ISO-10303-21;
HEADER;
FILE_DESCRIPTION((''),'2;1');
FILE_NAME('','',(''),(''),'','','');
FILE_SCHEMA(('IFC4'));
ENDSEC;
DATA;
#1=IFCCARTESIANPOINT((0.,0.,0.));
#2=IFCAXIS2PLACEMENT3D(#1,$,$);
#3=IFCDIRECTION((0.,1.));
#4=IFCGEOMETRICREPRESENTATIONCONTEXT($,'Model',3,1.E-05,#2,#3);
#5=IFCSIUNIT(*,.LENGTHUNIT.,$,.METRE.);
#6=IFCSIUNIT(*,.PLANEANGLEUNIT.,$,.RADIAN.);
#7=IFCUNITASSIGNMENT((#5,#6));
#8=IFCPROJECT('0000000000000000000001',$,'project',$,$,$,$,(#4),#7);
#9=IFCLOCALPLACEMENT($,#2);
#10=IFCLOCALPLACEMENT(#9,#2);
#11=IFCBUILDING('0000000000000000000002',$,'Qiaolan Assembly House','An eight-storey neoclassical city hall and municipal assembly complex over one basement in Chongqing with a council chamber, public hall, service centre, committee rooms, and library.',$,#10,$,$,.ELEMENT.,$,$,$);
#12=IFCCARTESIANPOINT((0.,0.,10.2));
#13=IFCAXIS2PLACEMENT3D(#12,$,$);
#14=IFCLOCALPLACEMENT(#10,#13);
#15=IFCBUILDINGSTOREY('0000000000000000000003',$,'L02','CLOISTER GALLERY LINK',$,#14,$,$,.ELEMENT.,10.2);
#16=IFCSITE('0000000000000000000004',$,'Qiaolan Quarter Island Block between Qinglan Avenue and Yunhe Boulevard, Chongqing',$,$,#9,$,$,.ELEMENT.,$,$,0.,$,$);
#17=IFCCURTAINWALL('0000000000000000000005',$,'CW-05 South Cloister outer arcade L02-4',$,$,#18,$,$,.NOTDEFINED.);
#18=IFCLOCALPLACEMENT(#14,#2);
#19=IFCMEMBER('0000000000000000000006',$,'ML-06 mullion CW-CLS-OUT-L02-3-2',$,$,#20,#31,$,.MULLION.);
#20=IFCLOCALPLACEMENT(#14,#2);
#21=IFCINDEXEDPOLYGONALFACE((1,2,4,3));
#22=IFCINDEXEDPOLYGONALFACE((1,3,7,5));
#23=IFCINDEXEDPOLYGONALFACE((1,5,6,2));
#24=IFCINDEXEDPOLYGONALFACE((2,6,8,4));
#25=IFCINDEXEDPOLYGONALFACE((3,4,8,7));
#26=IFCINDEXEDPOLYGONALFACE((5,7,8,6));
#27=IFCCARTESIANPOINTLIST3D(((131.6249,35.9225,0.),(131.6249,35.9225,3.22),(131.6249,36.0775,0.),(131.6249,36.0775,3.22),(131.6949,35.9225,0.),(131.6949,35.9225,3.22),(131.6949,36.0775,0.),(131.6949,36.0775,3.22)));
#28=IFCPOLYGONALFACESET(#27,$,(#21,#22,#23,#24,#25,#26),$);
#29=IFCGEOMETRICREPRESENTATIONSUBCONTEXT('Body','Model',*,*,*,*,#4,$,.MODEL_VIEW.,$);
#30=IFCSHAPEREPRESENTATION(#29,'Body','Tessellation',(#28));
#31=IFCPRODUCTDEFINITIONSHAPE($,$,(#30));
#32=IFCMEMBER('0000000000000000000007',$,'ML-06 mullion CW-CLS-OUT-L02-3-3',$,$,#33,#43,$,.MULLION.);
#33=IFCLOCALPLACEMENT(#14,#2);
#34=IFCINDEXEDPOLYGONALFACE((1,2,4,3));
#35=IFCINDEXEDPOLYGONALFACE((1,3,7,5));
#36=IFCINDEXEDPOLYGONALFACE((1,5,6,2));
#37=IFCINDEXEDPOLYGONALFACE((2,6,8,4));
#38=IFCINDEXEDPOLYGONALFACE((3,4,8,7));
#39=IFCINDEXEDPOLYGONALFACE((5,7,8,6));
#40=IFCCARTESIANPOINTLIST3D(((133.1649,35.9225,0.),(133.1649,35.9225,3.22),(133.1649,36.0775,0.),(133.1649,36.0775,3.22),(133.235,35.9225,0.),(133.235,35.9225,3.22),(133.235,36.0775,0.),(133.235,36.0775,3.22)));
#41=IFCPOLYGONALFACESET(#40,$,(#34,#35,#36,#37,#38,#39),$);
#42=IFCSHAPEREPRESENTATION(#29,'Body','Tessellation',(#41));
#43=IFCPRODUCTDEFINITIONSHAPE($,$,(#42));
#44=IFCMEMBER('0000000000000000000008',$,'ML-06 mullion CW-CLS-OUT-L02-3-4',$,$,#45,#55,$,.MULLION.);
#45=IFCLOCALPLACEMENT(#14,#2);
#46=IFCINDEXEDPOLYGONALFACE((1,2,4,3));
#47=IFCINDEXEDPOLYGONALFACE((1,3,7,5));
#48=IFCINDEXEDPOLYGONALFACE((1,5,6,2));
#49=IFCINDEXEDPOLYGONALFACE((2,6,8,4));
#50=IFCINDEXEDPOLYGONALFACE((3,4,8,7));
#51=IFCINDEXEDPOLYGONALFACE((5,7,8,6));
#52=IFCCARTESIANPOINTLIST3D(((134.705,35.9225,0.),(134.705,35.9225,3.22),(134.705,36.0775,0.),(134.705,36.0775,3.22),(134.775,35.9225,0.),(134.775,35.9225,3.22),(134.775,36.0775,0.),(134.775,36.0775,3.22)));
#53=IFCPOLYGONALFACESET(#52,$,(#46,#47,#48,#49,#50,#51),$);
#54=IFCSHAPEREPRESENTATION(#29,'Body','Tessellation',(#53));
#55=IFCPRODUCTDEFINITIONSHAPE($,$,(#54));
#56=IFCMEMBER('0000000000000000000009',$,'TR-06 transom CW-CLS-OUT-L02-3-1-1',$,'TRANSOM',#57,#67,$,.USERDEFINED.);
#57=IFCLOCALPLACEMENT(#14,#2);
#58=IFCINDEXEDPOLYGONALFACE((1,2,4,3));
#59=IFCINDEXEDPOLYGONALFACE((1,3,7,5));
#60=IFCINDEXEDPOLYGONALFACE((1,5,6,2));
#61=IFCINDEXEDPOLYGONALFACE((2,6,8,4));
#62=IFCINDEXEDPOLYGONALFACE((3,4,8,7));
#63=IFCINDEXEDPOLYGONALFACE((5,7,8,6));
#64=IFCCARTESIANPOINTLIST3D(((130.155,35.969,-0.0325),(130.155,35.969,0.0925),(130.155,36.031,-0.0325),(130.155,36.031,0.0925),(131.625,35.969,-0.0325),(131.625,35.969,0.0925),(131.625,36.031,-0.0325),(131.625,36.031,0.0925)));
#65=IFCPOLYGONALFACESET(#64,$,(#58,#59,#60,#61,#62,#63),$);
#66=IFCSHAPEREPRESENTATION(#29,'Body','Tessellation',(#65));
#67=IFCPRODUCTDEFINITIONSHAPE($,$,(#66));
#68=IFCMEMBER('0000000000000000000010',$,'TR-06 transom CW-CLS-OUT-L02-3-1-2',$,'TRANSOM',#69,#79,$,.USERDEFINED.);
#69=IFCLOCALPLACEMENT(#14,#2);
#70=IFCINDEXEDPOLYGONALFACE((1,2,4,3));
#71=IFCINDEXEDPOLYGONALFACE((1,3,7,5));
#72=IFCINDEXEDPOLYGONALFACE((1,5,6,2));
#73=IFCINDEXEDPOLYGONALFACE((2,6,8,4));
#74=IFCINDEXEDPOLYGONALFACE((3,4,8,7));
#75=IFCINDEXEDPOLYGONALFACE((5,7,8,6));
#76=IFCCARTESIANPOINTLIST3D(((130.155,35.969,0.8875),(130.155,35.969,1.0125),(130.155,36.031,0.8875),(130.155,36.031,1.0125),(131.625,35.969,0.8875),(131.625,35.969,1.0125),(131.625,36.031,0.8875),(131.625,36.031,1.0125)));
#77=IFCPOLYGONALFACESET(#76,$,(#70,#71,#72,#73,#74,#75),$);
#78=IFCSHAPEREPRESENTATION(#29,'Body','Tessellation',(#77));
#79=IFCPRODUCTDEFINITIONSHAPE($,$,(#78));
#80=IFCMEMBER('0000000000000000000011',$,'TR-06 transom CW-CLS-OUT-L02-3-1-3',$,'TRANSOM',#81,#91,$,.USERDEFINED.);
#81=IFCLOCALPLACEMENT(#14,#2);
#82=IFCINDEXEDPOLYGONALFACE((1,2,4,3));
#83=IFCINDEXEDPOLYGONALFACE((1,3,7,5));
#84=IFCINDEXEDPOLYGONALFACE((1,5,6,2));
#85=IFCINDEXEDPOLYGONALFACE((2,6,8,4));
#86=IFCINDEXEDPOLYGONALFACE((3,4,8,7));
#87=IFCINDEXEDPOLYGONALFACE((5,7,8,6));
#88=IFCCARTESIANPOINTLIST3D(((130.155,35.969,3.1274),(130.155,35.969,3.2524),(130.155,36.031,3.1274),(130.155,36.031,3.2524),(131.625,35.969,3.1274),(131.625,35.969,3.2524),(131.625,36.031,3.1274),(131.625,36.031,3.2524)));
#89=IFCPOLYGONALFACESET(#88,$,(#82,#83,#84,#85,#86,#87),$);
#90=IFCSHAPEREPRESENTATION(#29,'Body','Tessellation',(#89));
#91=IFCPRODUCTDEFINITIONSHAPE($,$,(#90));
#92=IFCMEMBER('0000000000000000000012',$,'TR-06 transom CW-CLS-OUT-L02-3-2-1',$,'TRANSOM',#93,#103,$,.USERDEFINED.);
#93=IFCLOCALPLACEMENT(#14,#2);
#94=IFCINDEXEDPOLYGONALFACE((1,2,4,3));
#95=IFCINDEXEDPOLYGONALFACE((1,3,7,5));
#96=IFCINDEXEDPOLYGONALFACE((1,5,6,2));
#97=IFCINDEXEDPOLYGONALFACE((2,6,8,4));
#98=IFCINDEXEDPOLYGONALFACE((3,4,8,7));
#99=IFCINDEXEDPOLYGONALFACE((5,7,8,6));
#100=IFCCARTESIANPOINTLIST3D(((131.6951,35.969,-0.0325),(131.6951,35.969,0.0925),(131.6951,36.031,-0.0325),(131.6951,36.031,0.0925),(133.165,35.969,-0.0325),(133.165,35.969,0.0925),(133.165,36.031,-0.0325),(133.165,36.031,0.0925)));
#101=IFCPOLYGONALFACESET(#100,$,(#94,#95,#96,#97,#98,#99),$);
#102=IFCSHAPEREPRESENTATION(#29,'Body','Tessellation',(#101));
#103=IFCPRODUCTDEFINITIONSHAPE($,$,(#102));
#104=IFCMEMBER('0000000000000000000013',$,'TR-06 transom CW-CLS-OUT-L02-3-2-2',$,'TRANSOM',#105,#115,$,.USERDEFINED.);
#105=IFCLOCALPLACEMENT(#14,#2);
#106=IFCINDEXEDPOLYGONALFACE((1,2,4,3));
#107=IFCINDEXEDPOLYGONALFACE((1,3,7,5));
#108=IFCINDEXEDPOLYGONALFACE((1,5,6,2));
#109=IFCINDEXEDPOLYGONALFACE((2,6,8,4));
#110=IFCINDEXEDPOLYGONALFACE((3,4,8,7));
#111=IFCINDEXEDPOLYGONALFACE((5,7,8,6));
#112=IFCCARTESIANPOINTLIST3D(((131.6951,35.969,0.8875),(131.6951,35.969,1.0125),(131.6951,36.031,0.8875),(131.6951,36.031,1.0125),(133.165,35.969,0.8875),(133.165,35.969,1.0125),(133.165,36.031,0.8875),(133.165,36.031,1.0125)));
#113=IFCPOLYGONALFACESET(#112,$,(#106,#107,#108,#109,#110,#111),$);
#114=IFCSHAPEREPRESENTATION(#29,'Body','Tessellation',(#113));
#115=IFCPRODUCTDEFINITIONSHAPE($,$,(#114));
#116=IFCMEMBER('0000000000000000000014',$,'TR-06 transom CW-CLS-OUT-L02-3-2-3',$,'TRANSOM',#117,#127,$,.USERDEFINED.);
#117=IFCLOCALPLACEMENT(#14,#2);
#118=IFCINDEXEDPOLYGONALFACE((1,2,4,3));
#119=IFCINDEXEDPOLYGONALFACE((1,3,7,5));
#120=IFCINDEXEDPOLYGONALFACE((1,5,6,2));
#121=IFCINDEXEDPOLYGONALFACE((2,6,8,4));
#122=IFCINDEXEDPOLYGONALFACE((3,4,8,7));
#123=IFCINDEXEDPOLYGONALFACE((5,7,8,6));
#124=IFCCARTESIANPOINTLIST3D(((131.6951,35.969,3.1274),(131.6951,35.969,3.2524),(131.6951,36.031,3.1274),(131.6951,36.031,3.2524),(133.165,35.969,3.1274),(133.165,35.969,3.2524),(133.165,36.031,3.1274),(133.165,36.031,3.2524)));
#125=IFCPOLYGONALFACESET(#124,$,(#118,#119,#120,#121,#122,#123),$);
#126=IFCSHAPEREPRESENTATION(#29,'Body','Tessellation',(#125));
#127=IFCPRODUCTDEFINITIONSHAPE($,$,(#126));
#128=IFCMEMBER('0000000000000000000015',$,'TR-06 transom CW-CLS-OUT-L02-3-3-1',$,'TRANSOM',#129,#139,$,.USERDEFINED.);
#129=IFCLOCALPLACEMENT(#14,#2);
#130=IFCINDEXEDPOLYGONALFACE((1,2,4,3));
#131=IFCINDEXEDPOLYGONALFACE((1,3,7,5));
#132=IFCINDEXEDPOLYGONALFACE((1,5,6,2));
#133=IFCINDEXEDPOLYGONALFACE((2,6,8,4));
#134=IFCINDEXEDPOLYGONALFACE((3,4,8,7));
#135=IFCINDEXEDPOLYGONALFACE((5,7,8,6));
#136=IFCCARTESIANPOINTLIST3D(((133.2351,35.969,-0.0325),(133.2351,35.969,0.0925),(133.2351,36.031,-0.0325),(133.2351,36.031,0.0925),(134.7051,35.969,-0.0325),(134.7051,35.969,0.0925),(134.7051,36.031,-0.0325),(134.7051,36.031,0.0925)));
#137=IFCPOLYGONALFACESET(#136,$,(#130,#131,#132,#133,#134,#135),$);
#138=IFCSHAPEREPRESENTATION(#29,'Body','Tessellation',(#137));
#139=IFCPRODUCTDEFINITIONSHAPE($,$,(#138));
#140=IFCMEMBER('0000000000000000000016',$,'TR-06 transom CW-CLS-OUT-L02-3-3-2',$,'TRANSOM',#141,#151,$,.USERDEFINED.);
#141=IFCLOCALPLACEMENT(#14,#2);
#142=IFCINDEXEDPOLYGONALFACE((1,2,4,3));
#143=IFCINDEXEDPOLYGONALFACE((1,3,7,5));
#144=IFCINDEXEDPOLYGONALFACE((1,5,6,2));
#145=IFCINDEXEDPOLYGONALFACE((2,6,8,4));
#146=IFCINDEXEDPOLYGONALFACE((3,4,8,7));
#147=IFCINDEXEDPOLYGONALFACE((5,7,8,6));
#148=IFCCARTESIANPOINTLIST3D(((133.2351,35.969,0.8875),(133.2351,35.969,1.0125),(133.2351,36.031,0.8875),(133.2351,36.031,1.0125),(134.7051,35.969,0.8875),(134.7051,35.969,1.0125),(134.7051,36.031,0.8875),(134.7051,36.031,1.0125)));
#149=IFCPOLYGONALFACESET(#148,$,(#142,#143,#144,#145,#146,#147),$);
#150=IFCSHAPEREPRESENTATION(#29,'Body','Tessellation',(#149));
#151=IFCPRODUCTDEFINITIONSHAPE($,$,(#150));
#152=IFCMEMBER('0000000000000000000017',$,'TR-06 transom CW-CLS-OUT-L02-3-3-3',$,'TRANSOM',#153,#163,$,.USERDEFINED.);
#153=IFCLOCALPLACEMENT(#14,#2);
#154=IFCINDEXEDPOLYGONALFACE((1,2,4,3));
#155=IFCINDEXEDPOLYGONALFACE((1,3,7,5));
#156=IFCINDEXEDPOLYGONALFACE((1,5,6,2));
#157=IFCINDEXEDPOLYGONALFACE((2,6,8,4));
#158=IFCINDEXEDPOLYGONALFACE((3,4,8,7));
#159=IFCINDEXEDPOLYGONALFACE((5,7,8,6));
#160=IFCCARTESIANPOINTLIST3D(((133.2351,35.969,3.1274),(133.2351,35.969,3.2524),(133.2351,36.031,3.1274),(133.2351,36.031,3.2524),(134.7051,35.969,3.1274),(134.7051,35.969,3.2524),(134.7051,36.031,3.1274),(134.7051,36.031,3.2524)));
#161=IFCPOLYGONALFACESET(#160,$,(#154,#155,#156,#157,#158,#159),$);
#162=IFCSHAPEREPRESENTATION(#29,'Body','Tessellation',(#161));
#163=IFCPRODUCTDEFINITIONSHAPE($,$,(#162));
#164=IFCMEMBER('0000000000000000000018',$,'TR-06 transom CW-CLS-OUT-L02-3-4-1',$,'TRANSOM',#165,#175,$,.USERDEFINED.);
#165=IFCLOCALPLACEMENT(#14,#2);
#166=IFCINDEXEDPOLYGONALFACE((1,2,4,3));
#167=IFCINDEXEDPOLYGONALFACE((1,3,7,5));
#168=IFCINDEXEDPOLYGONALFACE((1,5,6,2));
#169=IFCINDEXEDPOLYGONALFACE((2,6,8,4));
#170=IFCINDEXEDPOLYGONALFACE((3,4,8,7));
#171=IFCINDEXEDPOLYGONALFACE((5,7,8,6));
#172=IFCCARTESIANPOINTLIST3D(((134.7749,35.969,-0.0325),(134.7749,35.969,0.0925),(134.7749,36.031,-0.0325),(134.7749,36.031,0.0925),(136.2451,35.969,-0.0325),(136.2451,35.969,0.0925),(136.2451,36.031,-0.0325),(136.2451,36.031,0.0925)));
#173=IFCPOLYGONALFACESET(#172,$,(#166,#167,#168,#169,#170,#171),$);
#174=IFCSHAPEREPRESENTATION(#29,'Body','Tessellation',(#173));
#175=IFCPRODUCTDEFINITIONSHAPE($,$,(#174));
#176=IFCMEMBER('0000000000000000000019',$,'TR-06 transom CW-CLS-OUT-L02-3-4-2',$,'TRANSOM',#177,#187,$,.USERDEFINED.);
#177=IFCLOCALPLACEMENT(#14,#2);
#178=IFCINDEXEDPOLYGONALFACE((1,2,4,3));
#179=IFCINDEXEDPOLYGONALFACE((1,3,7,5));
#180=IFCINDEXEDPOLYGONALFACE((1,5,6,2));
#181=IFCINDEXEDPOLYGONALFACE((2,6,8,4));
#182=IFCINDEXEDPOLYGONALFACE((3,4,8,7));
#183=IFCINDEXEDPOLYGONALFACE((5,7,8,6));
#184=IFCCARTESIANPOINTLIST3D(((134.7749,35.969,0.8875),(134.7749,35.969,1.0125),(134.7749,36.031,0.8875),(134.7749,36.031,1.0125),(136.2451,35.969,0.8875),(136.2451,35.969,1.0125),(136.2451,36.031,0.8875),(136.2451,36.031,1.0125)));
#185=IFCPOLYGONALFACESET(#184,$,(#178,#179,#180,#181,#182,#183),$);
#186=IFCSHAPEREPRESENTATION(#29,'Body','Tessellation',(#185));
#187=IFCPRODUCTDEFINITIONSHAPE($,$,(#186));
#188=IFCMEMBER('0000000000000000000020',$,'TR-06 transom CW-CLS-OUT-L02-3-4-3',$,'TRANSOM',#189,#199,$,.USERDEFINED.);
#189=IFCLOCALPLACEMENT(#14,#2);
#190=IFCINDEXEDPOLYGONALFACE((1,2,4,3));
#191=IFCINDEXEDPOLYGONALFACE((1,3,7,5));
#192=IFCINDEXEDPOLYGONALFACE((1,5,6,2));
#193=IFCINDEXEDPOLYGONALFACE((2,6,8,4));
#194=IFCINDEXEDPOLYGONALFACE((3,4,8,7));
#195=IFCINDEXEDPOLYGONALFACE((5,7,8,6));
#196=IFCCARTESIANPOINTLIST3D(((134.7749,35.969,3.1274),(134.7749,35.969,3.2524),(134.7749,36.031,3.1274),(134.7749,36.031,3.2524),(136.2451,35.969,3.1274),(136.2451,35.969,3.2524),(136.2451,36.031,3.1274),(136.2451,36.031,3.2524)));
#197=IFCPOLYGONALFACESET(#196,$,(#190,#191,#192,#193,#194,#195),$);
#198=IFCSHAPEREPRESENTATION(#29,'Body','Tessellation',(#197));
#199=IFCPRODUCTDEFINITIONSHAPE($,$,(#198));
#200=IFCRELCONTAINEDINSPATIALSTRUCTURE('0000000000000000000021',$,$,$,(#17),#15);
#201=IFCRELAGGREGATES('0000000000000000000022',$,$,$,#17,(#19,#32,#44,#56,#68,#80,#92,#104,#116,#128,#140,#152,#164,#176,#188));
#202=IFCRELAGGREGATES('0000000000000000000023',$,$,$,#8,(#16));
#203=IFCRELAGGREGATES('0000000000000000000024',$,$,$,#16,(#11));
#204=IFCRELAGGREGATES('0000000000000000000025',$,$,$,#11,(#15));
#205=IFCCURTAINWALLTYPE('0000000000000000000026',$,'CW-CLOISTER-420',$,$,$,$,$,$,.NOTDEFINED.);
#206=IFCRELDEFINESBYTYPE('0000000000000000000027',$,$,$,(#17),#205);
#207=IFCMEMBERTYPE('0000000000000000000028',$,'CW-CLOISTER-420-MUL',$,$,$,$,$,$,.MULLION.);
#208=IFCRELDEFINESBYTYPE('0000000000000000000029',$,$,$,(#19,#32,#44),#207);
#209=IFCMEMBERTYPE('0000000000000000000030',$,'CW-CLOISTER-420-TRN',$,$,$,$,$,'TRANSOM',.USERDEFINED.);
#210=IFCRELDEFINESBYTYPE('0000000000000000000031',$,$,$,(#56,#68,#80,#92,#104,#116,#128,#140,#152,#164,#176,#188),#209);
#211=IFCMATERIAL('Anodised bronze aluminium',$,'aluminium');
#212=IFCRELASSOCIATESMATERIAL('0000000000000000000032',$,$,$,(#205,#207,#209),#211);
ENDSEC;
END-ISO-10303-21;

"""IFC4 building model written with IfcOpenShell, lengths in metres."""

from ifc_helpers import new_model, si_unit, direction, frame, origin, origin_2d, place, context, subcontext, project, spatial, rectangle, extrude, material, material_profile, profile_set, type_object, element, aggregate, save


model = new_model("IFC4")

# Units and contexts
model_context = context("Model", 3, precision=1e-05, world=origin(), true_north=direction((0.0, 1.0)))
body_context = subcontext(model_context, "Body", "Model", "MODEL_VIEW")
ifc_project = project(units=[si_unit("LENGTHUNIT", "METRE"), si_unit("PLANEANGLEUNIT", "RADIAN")], contexts=[model_context])

# Site, building, storey
site_placement = place(None, origin())
site = spatial("IfcSite", under=ifc_project, at=site_placement, Name="Qiaolan Quarter Island Block between Qinglan Avenue and Yunhe Boulevard, Chongqing", CompositionType="ELEMENT", RefElevation=0.0)
building_placement = place(site_placement, origin())
building = spatial("IfcBuilding", under=site, at=building_placement, Name="Qiaolan Assembly House", Description="An eight-storey neoclassical city hall and municipal assembly complex over one basement in Chongqing with a council chamber, public hall, service centre, committee rooms, and library.", CompositionType="ELEMENT")
storey_placement = place(building_placement, frame((0.0, 0.0, 10.2)))
storey = spatial("IfcBuildingStorey", under=building, at=storey_placement, Name="L02", Description="CLOISTER GALLERY LINK", CompositionType="ELEMENT", Elevation=10.2)

# Curtain wall, members
ifc_material_1 = material(Name="Anodised bronze aluminium", Category="aluminium")
curtain_wall_type = type_object("IfcCurtainWallType", Name="CW-CLOISTER-420", PredefinedType="NOTDEFINED", material=ifc_material_1)
curtain_wall_placement = place(storey_placement, origin())
curtain_wall = element("IfcCurtainWall", 1, at=curtain_wall_placement, inside=storey, type_object=curtain_wall_type, Name="CW-05 South Cloister outer arcade L02-4", PredefinedType="NOTDEFINED")
ifc_material_profile_1 = material_profile(ifc_material_1, rectangle(XDim=0.0701, YDim=0.155, at=origin_2d()), Name="MUL 70x155")
ifc_profile_set_1 = profile_set([ifc_material_profile_1], Name="Anodised bronze aluminium")
member_type_1 = type_object("IfcMemberType", Name="CW-CLOISTER-420-MUL", PredefinedType="MULLION", material=ifc_profile_set_1)
member_1_placement = place(storey_placement, frame((131.6599, 36.0, 0.0), z_axis=(0.0, 0.0, 1.0), x_axis=(1.0, 0.0, 0.0)))
member_1 = element("IfcMember", 2, at=member_1_placement, type_object=member_type_1, Name="ML-06 mullion CW-CLS-OUT-L02-3-2", PredefinedType="MULLION", context=body_context, shape_type="SweptSolid", body=[
    extrude(rectangle(XDim=0.0701, YDim=0.155, at=origin_2d()), origin(), (0.0, 0.0, 1.0), 3.22),
])
member_2_placement = place(storey_placement, frame((133.2, 36.0, 0.0), z_axis=(0.0, 0.0, 1.0), x_axis=(1.0, 0.0, 0.0)))
member_2 = element("IfcMember", 3, at=member_2_placement, type_object=member_type_1, Name="ML-06 mullion CW-CLS-OUT-L02-3-3", PredefinedType="MULLION", context=body_context, shape_type="SweptSolid", body=[
    extrude(rectangle(XDim=0.0701, YDim=0.155, at=origin_2d()), origin(), (0.0, 0.0, 1.0), 3.22),
])
member_3_placement = place(storey_placement, frame((134.74, 36.0, 0.0), z_axis=(0.0, 0.0, 1.0), x_axis=(1.0, 0.0, 0.0)))
member_3 = element("IfcMember", 4, at=member_3_placement, type_object=member_type_1, Name="ML-06 mullion CW-CLS-OUT-L02-3-4", PredefinedType="MULLION", context=body_context, shape_type="SweptSolid", body=[
    extrude(rectangle(XDim=0.0701, YDim=0.155, at=origin_2d()), origin(), (0.0, 0.0, 1.0), 3.22),
])
ifc_material_profile_2 = material_profile(ifc_material_1, rectangle(XDim=0.062, YDim=0.125, at=origin_2d()), Name="TRN 62x125")
ifc_profile_set_2 = profile_set([ifc_material_profile_2], Name="Anodised bronze aluminium")
member_type_2 = type_object("IfcMemberType", Name="CW-CLOISTER-420-TRN", ElementType="TRANSOM", PredefinedType="USERDEFINED", material=ifc_profile_set_2)
member_4_placement = place(storey_placement, frame((130.155, 36.0, 0.03), z_axis=(1.0, 0.0, 0.0), x_axis=(0.0, 1.0, 0.0)))
member_4 = element("IfcMember", 5, at=member_4_placement, type_object=member_type_2, Name="TR-06 transom CW-CLS-OUT-L02-3-1-1", ObjectType="TRANSOM", PredefinedType="USERDEFINED", context=body_context, shape_type="SweptSolid", body=[
    extrude(rectangle(XDim=0.062, YDim=0.125, at=origin_2d()), origin(), (0.0, 0.0, 1.0), 1.47),
])
member_5_placement = place(storey_placement, frame((130.155, 36.0, 0.95), z_axis=(1.0, 0.0, 0.0), x_axis=(0.0, 1.0, 0.0)))
member_5 = element("IfcMember", 6, at=member_5_placement, type_object=member_type_2, Name="TR-06 transom CW-CLS-OUT-L02-3-1-2", ObjectType="TRANSOM", PredefinedType="USERDEFINED", context=body_context, shape_type="SweptSolid", body=[
    extrude(rectangle(XDim=0.062, YDim=0.125, at=origin_2d()), origin(), (0.0, 0.0, 1.0), 1.47),
])
member_6_placement = place(storey_placement, frame((130.155, 36.0, 3.1899), z_axis=(1.0, 0.0, 0.0), x_axis=(0.0, 1.0, 0.0)))
member_6 = element("IfcMember", 7, at=member_6_placement, type_object=member_type_2, Name="TR-06 transom CW-CLS-OUT-L02-3-1-3", ObjectType="TRANSOM", PredefinedType="USERDEFINED", context=body_context, shape_type="SweptSolid", body=[
    extrude(rectangle(XDim=0.062, YDim=0.125, at=origin_2d()), origin(), (0.0, 0.0, 1.0), 1.47),
])
member_7_placement = place(storey_placement, frame((131.6951, 36.0, 0.03), z_axis=(1.0, 0.0, 0.0), x_axis=(0.0, 1.0, 0.0)))
member_7 = element("IfcMember", 8, at=member_7_placement, type_object=member_type_2, Name="TR-06 transom CW-CLS-OUT-L02-3-2-1", ObjectType="TRANSOM", PredefinedType="USERDEFINED", context=body_context, shape_type="SweptSolid", body=[
    extrude(rectangle(XDim=0.062, YDim=0.125, at=origin_2d()), origin(), (0.0, 0.0, 1.0), 1.47),
])
member_8_placement = place(storey_placement, frame((131.6951, 36.0, 0.95), z_axis=(1.0, 0.0, 0.0), x_axis=(0.0, 1.0, 0.0)))
member_8 = element("IfcMember", 9, at=member_8_placement, type_object=member_type_2, Name="TR-06 transom CW-CLS-OUT-L02-3-2-2", ObjectType="TRANSOM", PredefinedType="USERDEFINED", context=body_context, shape_type="SweptSolid", body=[
    extrude(rectangle(XDim=0.062, YDim=0.125, at=origin_2d()), origin(), (0.0, 0.0, 1.0), 1.47),
])
member_9_placement = place(storey_placement, frame((131.6951, 36.0, 3.1899), z_axis=(1.0, 0.0, 0.0), x_axis=(0.0, 1.0, 0.0)))
member_9 = element("IfcMember", 10, at=member_9_placement, type_object=member_type_2, Name="TR-06 transom CW-CLS-OUT-L02-3-2-3", ObjectType="TRANSOM", PredefinedType="USERDEFINED", context=body_context, shape_type="SweptSolid", body=[
    extrude(rectangle(XDim=0.062, YDim=0.125, at=origin_2d()), origin(), (0.0, 0.0, 1.0), 1.47),
])
member_10_placement = place(storey_placement, frame((133.2351, 36.0, 0.03), z_axis=(1.0, 0.0, 0.0), x_axis=(0.0, 1.0, 0.0)))
member_10 = element("IfcMember", 11, at=member_10_placement, type_object=member_type_2, Name="TR-06 transom CW-CLS-OUT-L02-3-3-1", ObjectType="TRANSOM", PredefinedType="USERDEFINED", context=body_context, shape_type="SweptSolid", body=[
    extrude(rectangle(XDim=0.062, YDim=0.125, at=origin_2d()), origin(), (0.0, 0.0, 1.0), 1.47),
])
member_11_placement = place(storey_placement, frame((133.2351, 36.0, 0.95), z_axis=(1.0, 0.0, 0.0), x_axis=(0.0, 1.0, 0.0)))
member_11 = element("IfcMember", 12, at=member_11_placement, type_object=member_type_2, Name="TR-06 transom CW-CLS-OUT-L02-3-3-2", ObjectType="TRANSOM", PredefinedType="USERDEFINED", context=body_context, shape_type="SweptSolid", body=[
    extrude(rectangle(XDim=0.062, YDim=0.125, at=origin_2d()), origin(), (0.0, 0.0, 1.0), 1.47),
])
member_12_placement = place(storey_placement, frame((133.2351, 36.0, 3.1899), z_axis=(1.0, 0.0, 0.0), x_axis=(0.0, 1.0, 0.0)))
member_12 = element("IfcMember", 13, at=member_12_placement, type_object=member_type_2, Name="TR-06 transom CW-CLS-OUT-L02-3-3-3", ObjectType="TRANSOM", PredefinedType="USERDEFINED", context=body_context, shape_type="SweptSolid", body=[
    extrude(rectangle(XDim=0.062, YDim=0.125, at=origin_2d()), origin(), (0.0, 0.0, 1.0), 1.47),
])
member_13_placement = place(storey_placement, frame((134.7749, 36.0, 0.03), z_axis=(1.0, 0.0, 0.0), x_axis=(0.0, 1.0, 0.0)))
member_13 = element("IfcMember", 14, at=member_13_placement, type_object=member_type_2, Name="TR-06 transom CW-CLS-OUT-L02-3-4-1", ObjectType="TRANSOM", PredefinedType="USERDEFINED", context=body_context, shape_type="SweptSolid", body=[
    extrude(rectangle(XDim=0.062, YDim=0.125, at=origin_2d()), origin(), (0.0, 0.0, 1.0), 1.4702),
])
member_14_placement = place(storey_placement, frame((134.7749, 36.0, 0.95), z_axis=(1.0, 0.0, 0.0), x_axis=(0.0, 1.0, 0.0)))
member_14 = element("IfcMember", 15, at=member_14_placement, type_object=member_type_2, Name="TR-06 transom CW-CLS-OUT-L02-3-4-2", ObjectType="TRANSOM", PredefinedType="USERDEFINED", context=body_context, shape_type="SweptSolid", body=[
    extrude(rectangle(XDim=0.062, YDim=0.125, at=origin_2d()), origin(), (0.0, 0.0, 1.0), 1.4702),
])
member_15_placement = place(storey_placement, frame((134.7749, 36.0, 3.1899), z_axis=(1.0, 0.0, 0.0), x_axis=(0.0, 1.0, 0.0)))
member_15 = element("IfcMember", 16, at=member_15_placement, type_object=member_type_2, Name="TR-06 transom CW-CLS-OUT-L02-3-4-3", ObjectType="TRANSOM", PredefinedType="USERDEFINED", context=body_context, shape_type="SweptSolid", body=[
    extrude(rectangle(XDim=0.062, YDim=0.125, at=origin_2d()), origin(), (0.0, 0.0, 1.0), 1.4702),
])
aggregate(curtain_wall, [member_1, member_2, member_3, member_4, member_5, member_6, member_7, member_8, member_9, member_10, member_11, member_12, member_13, member_14, member_15])

save(model, "model.ifc")
